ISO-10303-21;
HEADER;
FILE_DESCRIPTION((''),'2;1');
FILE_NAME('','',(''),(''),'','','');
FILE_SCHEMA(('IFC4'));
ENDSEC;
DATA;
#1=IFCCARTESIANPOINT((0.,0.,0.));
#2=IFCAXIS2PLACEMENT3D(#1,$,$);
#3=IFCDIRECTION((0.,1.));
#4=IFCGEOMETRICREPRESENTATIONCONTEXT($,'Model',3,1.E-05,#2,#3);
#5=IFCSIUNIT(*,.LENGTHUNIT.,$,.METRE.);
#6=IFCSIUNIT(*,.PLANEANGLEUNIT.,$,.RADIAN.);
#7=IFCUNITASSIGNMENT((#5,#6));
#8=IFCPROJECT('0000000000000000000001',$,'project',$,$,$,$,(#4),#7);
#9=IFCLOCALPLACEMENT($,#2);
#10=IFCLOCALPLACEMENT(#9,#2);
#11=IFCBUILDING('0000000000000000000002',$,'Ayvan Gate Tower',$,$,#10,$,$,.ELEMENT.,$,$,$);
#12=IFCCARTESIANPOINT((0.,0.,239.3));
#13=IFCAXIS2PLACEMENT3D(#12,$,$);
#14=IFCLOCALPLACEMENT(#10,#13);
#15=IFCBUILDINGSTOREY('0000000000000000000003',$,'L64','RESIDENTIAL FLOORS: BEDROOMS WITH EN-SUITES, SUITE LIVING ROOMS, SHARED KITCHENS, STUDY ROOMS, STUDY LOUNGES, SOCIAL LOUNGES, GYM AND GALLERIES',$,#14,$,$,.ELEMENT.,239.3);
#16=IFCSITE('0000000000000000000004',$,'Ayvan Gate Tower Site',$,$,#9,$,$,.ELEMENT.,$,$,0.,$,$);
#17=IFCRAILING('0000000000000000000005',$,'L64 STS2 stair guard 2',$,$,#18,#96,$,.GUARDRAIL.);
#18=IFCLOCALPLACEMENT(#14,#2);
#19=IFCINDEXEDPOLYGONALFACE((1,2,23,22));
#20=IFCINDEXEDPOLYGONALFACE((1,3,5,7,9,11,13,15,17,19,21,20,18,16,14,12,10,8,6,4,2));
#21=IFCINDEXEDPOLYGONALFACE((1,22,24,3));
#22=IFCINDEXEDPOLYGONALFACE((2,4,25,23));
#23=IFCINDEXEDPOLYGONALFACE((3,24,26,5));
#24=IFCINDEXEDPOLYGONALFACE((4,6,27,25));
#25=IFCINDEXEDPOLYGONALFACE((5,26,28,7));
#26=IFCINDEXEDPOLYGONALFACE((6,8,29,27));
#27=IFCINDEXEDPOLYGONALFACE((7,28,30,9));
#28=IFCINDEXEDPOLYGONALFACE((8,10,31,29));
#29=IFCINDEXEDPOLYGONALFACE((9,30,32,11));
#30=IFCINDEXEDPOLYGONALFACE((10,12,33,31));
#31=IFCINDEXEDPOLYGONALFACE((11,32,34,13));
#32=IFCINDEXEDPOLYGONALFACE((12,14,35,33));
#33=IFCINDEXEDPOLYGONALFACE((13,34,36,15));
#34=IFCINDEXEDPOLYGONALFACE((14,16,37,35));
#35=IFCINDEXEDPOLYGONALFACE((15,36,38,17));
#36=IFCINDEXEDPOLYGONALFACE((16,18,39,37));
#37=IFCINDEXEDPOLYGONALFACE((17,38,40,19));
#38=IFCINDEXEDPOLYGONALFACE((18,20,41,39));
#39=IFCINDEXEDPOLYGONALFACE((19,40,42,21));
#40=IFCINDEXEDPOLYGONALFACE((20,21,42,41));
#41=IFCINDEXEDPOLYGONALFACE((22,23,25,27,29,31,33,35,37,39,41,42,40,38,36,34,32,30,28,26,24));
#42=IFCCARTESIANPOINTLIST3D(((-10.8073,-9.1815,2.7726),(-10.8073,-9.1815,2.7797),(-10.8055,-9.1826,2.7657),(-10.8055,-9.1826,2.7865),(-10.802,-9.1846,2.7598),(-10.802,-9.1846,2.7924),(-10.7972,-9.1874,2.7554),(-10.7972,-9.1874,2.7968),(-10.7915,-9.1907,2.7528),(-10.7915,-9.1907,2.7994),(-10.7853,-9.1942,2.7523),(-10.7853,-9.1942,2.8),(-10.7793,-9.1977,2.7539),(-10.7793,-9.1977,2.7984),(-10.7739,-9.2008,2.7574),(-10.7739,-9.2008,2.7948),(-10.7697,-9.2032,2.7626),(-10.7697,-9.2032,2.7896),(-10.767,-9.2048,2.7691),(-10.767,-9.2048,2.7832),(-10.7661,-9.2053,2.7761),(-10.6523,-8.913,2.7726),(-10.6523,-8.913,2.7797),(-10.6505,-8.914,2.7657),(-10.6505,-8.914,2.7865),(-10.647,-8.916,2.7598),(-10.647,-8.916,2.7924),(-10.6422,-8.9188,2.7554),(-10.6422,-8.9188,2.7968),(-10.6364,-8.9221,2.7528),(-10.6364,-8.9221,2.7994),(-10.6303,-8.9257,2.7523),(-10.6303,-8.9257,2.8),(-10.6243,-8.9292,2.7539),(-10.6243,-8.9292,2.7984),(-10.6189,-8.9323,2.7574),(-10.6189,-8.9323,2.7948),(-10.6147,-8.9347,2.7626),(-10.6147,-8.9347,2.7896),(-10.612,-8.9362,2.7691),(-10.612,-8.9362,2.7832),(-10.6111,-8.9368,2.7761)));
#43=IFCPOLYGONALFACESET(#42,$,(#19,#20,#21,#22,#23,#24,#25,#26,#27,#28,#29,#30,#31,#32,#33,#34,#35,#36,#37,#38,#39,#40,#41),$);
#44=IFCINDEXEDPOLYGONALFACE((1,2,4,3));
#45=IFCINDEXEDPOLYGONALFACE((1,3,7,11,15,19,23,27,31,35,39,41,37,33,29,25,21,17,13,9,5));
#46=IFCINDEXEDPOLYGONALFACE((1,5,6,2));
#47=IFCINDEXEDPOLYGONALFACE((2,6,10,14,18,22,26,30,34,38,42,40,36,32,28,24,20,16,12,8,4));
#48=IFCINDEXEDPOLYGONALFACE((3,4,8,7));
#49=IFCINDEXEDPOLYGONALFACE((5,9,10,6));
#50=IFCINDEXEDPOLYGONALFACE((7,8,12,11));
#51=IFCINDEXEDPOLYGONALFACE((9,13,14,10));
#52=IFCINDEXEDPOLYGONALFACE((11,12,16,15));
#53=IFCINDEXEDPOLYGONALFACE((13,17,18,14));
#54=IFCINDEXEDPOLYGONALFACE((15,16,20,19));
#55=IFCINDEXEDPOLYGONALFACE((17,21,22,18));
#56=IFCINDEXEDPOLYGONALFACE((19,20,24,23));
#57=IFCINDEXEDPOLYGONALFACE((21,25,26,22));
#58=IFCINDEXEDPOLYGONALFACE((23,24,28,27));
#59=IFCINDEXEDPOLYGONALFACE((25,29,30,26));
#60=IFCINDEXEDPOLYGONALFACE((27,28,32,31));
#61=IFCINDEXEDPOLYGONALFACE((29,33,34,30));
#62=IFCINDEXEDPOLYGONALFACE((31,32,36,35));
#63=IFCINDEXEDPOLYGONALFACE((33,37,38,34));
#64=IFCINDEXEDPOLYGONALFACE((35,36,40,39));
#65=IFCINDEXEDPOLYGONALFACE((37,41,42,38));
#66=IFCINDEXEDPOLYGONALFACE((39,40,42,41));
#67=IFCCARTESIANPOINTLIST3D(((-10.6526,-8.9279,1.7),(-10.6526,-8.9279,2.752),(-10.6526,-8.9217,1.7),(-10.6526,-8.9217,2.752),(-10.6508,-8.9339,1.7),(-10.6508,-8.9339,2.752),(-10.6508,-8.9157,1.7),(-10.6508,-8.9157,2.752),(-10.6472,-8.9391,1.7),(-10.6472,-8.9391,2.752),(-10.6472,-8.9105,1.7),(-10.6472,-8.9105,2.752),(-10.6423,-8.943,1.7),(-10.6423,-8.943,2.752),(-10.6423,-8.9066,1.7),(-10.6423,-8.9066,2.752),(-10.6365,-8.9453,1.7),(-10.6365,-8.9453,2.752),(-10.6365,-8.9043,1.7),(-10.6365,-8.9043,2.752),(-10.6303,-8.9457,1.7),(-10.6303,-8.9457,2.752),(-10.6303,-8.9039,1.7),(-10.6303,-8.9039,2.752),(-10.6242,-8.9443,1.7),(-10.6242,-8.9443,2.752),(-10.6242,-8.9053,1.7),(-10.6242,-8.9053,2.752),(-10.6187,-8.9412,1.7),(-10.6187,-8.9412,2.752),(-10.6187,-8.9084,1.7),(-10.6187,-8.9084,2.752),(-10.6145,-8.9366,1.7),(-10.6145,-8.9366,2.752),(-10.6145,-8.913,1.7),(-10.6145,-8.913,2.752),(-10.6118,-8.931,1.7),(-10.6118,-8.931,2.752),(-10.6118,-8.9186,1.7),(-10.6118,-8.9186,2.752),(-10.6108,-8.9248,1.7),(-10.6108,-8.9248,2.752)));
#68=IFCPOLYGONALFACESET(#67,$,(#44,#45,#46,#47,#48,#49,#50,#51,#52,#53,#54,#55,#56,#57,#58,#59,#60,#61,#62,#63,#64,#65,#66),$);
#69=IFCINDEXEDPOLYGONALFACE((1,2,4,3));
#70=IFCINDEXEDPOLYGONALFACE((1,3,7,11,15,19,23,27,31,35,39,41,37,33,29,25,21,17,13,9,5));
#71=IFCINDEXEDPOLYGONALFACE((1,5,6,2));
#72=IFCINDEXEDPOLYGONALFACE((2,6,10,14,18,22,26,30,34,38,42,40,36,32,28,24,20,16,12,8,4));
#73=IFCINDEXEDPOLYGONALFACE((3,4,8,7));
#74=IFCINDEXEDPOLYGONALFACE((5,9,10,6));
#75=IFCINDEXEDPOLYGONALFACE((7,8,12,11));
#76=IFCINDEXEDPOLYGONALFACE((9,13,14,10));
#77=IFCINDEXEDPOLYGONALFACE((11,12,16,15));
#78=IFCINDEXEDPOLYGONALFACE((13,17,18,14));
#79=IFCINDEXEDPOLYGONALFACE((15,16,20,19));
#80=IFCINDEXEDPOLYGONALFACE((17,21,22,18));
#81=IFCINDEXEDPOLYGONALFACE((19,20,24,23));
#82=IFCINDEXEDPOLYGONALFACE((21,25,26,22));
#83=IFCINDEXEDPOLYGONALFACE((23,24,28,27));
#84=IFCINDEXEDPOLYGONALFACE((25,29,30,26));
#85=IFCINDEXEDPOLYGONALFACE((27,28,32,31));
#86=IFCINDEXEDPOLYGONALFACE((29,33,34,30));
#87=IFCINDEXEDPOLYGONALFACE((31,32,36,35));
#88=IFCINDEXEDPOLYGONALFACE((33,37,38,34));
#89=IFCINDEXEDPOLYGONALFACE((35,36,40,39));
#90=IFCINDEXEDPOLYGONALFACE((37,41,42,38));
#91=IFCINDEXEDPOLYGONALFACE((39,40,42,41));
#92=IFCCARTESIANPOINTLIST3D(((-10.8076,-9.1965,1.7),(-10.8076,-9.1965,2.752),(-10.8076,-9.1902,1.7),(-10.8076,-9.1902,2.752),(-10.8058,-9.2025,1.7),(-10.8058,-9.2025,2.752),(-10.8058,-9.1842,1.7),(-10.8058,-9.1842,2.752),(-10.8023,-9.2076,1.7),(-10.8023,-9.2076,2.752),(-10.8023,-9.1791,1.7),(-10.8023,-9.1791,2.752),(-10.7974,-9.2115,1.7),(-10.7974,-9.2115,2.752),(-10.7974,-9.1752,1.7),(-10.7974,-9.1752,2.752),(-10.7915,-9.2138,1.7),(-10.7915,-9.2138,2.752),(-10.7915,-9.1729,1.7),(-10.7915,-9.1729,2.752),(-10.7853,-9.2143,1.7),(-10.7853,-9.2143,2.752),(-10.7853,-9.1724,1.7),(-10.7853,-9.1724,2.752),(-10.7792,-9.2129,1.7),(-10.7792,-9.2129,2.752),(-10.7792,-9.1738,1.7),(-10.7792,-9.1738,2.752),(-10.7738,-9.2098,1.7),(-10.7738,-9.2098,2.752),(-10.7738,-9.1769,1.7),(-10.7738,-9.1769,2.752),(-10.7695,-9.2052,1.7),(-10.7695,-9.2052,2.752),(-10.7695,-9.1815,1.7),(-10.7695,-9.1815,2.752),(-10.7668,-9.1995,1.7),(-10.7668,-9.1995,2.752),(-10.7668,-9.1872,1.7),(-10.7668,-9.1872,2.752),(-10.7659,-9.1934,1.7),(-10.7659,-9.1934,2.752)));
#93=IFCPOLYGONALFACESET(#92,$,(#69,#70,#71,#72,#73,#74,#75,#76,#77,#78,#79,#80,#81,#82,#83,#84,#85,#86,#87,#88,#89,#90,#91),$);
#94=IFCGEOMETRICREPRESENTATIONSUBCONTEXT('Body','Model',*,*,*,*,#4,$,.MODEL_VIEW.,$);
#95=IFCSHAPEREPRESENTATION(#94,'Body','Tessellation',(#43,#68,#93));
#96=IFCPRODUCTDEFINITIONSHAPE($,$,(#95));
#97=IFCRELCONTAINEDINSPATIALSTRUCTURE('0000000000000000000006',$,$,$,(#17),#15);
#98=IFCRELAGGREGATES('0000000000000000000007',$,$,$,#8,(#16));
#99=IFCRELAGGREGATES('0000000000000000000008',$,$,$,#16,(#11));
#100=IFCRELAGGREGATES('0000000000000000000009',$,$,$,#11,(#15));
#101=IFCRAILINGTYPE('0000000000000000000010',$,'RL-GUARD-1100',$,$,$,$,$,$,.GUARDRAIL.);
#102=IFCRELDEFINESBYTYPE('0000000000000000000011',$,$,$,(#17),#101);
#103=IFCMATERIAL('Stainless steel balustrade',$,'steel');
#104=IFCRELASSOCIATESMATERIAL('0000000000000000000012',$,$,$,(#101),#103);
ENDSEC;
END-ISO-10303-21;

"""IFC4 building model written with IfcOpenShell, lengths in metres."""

from ifc_helpers import new_model, si_unit, direction, frame, origin, origin_2d, place, context, subcontext, project, spatial, circle, extrude, material, type_object, element, save


model = new_model("IFC4")

# Units and contexts
model_context = context("Model", 3, precision=1e-05, world=origin(), true_north=direction((0.0, 1.0)))
body_context = subcontext(model_context, "Body", "Model", "MODEL_VIEW")
ifc_project = project(units=[si_unit("LENGTHUNIT", "METRE"), si_unit("PLANEANGLEUNIT", "RADIAN")], contexts=[model_context])

# Site, building, storey
site_placement = place(None, origin())
site = spatial("IfcSite", under=ifc_project, at=site_placement, Name="Ayvan Gate Tower Site", CompositionType="ELEMENT", RefElevation=0.0)
building_placement = place(site_placement, origin())
building = spatial("IfcBuilding", under=site, at=building_placement, Name="Ayvan Gate Tower", CompositionType="ELEMENT")
storey_placement = place(building_placement, frame((0.0, 0.0, 239.3)))
storey = spatial("IfcBuildingStorey", under=building, at=storey_placement, Name="L64", Description="RESIDENTIAL FLOORS: BEDROOMS WITH EN-SUITES, SUITE LIVING ROOMS, SHARED KITCHENS, STUDY ROOMS, STUDY LOUNGES, SOCIAL LOUNGES, GYM AND GALLERIES", CompositionType="ELEMENT", Elevation=239.3)

# Railing
ifc_material_1 = material(Name="Stainless steel balustrade", Category="steel")
railing_type_1 = type_object("IfcRailingType", Name="RL-GUARD-1100", PredefinedType="GUARDRAIL", material=ifc_material_1)
railing_1_placement = place(storey_placement, frame((-10.6318, -8.9248, 1.7)))
element("IfcRailing", 1, at=railing_1_placement, inside=storey, type_object=railing_type_1, Name="L64 STS2 stair guard 2", PredefinedType="GUARDRAIL", context=body_context, shape_type="SweptSolid", body=[
    extrude(circle(Radius=0.0239, at=origin_2d()), frame((0.0, 0.0, 1.0762), z_axis=(-0.49995, -0.866054, 0.0), x_axis=(0.866054, -0.49995, 0.0)), (0.0, 0.0, 1.0), 0.3101),
    extrude(circle(Radius=0.021, at=origin_2d()), origin(), (0.0, 0.0, 1.0), 1.052),
    extrude(circle(Radius=0.021, at=origin_2d()), frame((-0.155, -0.2686, 0.0)), (0.0, 0.0, 1.0), 1.052),
])

save(model, "model.ifc")
